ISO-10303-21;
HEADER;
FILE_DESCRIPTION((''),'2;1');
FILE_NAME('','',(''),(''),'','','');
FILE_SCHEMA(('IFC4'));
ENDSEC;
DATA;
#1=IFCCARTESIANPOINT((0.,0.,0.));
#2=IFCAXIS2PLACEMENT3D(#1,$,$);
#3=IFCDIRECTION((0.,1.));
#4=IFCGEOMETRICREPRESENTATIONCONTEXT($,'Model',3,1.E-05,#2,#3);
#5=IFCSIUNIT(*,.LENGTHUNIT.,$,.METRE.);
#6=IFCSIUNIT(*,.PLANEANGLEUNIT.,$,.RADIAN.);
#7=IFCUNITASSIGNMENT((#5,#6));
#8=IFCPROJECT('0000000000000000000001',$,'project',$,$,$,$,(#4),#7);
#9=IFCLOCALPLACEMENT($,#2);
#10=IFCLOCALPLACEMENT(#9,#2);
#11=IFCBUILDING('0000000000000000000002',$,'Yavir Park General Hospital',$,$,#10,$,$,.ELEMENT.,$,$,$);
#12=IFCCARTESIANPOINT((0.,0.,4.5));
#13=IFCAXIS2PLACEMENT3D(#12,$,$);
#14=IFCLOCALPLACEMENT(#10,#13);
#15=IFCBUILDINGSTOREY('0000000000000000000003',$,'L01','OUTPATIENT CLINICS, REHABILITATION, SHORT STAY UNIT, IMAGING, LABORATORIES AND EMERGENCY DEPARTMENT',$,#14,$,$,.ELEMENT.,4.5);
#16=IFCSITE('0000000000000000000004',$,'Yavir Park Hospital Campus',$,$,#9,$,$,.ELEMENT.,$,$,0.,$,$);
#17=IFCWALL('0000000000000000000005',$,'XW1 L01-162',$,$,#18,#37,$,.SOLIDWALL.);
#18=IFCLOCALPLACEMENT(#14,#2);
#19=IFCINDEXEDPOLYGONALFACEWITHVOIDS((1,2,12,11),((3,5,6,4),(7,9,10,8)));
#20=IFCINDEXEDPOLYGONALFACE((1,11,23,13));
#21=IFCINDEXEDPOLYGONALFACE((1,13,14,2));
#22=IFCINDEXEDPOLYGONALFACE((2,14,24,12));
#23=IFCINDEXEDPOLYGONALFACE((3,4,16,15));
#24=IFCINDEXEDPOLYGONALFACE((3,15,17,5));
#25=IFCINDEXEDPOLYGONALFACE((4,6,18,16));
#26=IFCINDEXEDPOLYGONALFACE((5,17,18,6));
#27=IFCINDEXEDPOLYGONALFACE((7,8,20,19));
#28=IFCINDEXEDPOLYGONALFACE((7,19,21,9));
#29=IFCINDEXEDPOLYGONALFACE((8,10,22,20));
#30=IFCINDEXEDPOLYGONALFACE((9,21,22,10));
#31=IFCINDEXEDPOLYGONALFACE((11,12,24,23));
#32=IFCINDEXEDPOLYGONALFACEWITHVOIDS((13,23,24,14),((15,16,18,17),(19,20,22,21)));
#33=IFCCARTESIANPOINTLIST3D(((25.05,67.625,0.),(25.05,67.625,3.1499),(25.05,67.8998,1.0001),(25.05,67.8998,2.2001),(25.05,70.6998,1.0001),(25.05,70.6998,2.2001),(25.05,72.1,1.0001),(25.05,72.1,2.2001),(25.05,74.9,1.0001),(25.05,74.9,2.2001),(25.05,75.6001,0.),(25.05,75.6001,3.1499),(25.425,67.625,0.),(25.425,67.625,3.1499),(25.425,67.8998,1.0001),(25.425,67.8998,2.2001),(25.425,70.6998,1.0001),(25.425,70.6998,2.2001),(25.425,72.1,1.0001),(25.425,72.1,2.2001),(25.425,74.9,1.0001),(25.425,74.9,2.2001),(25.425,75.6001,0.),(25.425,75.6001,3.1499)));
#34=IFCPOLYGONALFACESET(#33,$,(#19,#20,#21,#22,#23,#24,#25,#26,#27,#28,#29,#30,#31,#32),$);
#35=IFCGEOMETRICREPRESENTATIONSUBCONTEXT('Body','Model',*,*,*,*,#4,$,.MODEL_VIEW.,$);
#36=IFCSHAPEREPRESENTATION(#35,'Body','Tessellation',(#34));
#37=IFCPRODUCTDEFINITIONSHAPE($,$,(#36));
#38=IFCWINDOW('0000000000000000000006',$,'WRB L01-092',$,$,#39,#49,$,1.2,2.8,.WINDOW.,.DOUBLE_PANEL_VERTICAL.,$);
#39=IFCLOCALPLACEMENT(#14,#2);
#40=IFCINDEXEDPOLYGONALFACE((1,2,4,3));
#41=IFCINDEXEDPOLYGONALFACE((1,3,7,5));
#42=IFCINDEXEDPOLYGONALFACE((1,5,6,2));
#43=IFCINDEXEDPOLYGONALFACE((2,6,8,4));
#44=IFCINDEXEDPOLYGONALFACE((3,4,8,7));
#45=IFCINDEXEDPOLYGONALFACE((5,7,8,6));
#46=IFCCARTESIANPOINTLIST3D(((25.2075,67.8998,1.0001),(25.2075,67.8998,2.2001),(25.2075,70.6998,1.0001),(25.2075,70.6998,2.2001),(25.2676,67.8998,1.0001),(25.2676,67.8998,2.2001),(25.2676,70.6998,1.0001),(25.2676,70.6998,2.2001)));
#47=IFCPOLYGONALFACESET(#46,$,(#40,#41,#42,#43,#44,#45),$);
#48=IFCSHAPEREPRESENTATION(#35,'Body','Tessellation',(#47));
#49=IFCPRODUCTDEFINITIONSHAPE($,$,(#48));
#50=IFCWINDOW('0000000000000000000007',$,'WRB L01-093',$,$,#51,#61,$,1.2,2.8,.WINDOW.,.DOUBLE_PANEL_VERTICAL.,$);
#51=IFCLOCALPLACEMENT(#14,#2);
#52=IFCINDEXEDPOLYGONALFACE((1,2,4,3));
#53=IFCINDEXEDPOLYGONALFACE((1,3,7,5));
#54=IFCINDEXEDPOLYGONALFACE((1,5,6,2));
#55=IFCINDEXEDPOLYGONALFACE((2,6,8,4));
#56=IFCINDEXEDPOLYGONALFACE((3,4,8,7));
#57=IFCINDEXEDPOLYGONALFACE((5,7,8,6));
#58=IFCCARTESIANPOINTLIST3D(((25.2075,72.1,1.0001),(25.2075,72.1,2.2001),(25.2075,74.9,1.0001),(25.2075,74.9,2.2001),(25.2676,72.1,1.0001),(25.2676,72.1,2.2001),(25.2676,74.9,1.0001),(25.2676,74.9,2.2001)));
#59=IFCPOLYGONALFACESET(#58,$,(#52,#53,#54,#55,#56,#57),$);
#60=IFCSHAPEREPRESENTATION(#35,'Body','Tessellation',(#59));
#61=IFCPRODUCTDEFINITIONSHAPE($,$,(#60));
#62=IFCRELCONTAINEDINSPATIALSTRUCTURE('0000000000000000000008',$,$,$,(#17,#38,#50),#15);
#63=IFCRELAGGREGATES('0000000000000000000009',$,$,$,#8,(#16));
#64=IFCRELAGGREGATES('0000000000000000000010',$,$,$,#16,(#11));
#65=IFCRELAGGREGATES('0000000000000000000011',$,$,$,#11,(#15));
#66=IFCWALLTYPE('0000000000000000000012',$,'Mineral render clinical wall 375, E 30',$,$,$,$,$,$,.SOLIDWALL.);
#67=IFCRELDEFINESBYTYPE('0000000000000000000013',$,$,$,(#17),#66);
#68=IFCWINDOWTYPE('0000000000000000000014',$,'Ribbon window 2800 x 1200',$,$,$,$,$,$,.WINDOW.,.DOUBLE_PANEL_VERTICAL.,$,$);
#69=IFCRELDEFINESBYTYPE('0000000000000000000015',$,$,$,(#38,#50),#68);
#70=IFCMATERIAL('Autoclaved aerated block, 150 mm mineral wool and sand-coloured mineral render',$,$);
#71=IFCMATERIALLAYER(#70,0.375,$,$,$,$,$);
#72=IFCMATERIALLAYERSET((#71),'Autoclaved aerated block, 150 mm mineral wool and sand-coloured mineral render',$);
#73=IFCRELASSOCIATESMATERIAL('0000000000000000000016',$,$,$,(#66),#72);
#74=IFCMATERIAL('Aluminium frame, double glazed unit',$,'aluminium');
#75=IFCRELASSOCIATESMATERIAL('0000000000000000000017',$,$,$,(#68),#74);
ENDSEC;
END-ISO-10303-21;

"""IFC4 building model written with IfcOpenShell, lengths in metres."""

from ifc_helpers import new_model, si_unit, direction, frame, frame_2d, origin, place, context, subcontext, project, spatial, rectangle, extrude, material, layer, layer_set, type_object, element, fill, save


model = new_model("IFC4")

# Units and contexts
model_context = context("Model", 3, precision=1e-05, world=origin(), true_north=direction((0.0, 1.0)))
body_context = subcontext(model_context, "Body", "Model", "MODEL_VIEW")
ifc_project = project(units=[si_unit("LENGTHUNIT", "METRE"), si_unit("PLANEANGLEUNIT", "RADIAN")], contexts=[model_context])

# Site, building, storey
site_placement = place(None, origin())
site = spatial("IfcSite", under=ifc_project, at=site_placement, Name="Yavir Park Hospital Campus", CompositionType="ELEMENT", RefElevation=0.0)
building_placement = place(site_placement, origin())
building = spatial("IfcBuilding", under=site, at=building_placement, Name="Yavir Park General Hospital", CompositionType="ELEMENT")
storey_placement = place(building_placement, frame((0.0, 0.0, 4.5)))
storey = spatial("IfcBuildingStorey", under=building, at=storey_placement, Name="L01", Description="OUTPATIENT CLINICS, REHABILITATION, SHORT STAY UNIT, IMAGING, LABORATORIES AND EMERGENCY DEPARTMENT", CompositionType="ELEMENT", Elevation=4.5)

# Shared definitions
ifc_material_1 = material(Name="Autoclaved aerated block, 150 mm mineral wool and sand-coloured mineral render")
ifc_layer_1 = layer(ifc_material_1, 0.375)
ifc_layer_set_1 = layer_set([ifc_layer_1], Name="Autoclaved aerated block, 150 mm mineral wool and sand-coloured mineral render")
wall_type_1 = type_object("IfcWallType", Name="Mineral render clinical wall 375, E 30", PredefinedType="SOLIDWALL", material=ifc_layer_set_1)

# Wall, openings, windows
wall_1_placement = place(storey_placement, frame((25.2375, 67.625, 0.0), z_axis=(0.0, 0.0, 1.0), x_axis=(0.0, 1.0, 0.0)))
wall_1 = element("IfcWall", 1, at=wall_1_placement, inside=storey, type_object=wall_type_1, Name="XW1 L01-162", PredefinedType="SOLIDWALL", context=body_context, shape_type="SweptSolid", body=[
    extrude(rectangle(XDim=7.9751, YDim=0.375, at=frame_2d((3.9875, 0.0))), origin(), (0.0, 0.0, 1.0), 3.1499),
])
opening_1_placement = place(wall_1_placement, frame((0.2749, 0.0, 1.0)))
opening_1 = element("IfcOpeningElement", 2, at=opening_1_placement, cuts=wall_1, PredefinedType="OPENING", context=body_context, shape_type="SweptSolid", body=[
    extrude(rectangle(XDim=2.8, YDim=1.2, at=frame_2d((1.3999, 0.6001))), frame((0.0, 0.1975, 0.0), z_axis=(0.0, -1.0, 0.0), x_axis=(1.0, 0.0, 0.0)), (0.0, 0.0, 1.0), 0.395),
])
opening_2_placement = place(wall_1_placement, frame((4.4751, 0.0, 1.0)))
opening_2 = element("IfcOpeningElement", 3, at=opening_2_placement, cuts=wall_1, PredefinedType="OPENING", context=body_context, shape_type="SweptSolid", body=[
    extrude(rectangle(XDim=2.8, YDim=1.2, at=frame_2d((1.3999, 0.6001))), frame((0.0, 0.1975, 0.0), z_axis=(0.0, -1.0, 0.0), x_axis=(1.0, 0.0, 0.0)), (0.0, 0.0, 1.0), 0.395),
])
ifc_material_2 = material(Name="Aluminium frame, double glazed unit", Category="aluminium")
window_type = type_object("IfcWindowType", Name="Ribbon window 2800 x 1200", PartitioningType="DOUBLE_PANEL_VERTICAL", PredefinedType="WINDOW", material=ifc_material_2)
window_1_placement = place(opening_1_placement, origin())
window_1 = element("IfcWindow", 4, at=window_1_placement, inside=storey, type_object=window_type, Name="WRB L01-092", OverallHeight=1.2, OverallWidth=2.8, PartitioningType="DOUBLE_PANEL_VERTICAL", PredefinedType="WINDOW", context=body_context, shape_type="SweptSolid", body=[
    extrude(rectangle(XDim=2.8, YDim=1.2, at=frame_2d((1.3999, 0.6001))), frame((0.0, 0.03, 0.0), z_axis=(0.0, -1.0, 0.0), x_axis=(1.0, 0.0, 0.0)), (0.0, 0.0, 1.0), 0.0601),
])
fill(opening_1, window_1)
window_2_placement = place(opening_2_placement, origin())
window_2 = element("IfcWindow", 5, at=window_2_placement, inside=storey, type_object=window_type, Name="WRB L01-093", OverallHeight=1.2, OverallWidth=2.8, PartitioningType="DOUBLE_PANEL_VERTICAL", PredefinedType="WINDOW", context=body_context, shape_type="SweptSolid", body=[
    extrude(rectangle(XDim=2.8, YDim=1.2, at=frame_2d((1.3999, 0.6001))), frame((0.0, 0.03, 0.0), z_axis=(0.0, -1.0, 0.0), x_axis=(1.0, 0.0, 0.0)), (0.0, 0.0, 1.0), 0.0601),
])
fill(opening_2, window_2)

save(model, "model.ifc")
